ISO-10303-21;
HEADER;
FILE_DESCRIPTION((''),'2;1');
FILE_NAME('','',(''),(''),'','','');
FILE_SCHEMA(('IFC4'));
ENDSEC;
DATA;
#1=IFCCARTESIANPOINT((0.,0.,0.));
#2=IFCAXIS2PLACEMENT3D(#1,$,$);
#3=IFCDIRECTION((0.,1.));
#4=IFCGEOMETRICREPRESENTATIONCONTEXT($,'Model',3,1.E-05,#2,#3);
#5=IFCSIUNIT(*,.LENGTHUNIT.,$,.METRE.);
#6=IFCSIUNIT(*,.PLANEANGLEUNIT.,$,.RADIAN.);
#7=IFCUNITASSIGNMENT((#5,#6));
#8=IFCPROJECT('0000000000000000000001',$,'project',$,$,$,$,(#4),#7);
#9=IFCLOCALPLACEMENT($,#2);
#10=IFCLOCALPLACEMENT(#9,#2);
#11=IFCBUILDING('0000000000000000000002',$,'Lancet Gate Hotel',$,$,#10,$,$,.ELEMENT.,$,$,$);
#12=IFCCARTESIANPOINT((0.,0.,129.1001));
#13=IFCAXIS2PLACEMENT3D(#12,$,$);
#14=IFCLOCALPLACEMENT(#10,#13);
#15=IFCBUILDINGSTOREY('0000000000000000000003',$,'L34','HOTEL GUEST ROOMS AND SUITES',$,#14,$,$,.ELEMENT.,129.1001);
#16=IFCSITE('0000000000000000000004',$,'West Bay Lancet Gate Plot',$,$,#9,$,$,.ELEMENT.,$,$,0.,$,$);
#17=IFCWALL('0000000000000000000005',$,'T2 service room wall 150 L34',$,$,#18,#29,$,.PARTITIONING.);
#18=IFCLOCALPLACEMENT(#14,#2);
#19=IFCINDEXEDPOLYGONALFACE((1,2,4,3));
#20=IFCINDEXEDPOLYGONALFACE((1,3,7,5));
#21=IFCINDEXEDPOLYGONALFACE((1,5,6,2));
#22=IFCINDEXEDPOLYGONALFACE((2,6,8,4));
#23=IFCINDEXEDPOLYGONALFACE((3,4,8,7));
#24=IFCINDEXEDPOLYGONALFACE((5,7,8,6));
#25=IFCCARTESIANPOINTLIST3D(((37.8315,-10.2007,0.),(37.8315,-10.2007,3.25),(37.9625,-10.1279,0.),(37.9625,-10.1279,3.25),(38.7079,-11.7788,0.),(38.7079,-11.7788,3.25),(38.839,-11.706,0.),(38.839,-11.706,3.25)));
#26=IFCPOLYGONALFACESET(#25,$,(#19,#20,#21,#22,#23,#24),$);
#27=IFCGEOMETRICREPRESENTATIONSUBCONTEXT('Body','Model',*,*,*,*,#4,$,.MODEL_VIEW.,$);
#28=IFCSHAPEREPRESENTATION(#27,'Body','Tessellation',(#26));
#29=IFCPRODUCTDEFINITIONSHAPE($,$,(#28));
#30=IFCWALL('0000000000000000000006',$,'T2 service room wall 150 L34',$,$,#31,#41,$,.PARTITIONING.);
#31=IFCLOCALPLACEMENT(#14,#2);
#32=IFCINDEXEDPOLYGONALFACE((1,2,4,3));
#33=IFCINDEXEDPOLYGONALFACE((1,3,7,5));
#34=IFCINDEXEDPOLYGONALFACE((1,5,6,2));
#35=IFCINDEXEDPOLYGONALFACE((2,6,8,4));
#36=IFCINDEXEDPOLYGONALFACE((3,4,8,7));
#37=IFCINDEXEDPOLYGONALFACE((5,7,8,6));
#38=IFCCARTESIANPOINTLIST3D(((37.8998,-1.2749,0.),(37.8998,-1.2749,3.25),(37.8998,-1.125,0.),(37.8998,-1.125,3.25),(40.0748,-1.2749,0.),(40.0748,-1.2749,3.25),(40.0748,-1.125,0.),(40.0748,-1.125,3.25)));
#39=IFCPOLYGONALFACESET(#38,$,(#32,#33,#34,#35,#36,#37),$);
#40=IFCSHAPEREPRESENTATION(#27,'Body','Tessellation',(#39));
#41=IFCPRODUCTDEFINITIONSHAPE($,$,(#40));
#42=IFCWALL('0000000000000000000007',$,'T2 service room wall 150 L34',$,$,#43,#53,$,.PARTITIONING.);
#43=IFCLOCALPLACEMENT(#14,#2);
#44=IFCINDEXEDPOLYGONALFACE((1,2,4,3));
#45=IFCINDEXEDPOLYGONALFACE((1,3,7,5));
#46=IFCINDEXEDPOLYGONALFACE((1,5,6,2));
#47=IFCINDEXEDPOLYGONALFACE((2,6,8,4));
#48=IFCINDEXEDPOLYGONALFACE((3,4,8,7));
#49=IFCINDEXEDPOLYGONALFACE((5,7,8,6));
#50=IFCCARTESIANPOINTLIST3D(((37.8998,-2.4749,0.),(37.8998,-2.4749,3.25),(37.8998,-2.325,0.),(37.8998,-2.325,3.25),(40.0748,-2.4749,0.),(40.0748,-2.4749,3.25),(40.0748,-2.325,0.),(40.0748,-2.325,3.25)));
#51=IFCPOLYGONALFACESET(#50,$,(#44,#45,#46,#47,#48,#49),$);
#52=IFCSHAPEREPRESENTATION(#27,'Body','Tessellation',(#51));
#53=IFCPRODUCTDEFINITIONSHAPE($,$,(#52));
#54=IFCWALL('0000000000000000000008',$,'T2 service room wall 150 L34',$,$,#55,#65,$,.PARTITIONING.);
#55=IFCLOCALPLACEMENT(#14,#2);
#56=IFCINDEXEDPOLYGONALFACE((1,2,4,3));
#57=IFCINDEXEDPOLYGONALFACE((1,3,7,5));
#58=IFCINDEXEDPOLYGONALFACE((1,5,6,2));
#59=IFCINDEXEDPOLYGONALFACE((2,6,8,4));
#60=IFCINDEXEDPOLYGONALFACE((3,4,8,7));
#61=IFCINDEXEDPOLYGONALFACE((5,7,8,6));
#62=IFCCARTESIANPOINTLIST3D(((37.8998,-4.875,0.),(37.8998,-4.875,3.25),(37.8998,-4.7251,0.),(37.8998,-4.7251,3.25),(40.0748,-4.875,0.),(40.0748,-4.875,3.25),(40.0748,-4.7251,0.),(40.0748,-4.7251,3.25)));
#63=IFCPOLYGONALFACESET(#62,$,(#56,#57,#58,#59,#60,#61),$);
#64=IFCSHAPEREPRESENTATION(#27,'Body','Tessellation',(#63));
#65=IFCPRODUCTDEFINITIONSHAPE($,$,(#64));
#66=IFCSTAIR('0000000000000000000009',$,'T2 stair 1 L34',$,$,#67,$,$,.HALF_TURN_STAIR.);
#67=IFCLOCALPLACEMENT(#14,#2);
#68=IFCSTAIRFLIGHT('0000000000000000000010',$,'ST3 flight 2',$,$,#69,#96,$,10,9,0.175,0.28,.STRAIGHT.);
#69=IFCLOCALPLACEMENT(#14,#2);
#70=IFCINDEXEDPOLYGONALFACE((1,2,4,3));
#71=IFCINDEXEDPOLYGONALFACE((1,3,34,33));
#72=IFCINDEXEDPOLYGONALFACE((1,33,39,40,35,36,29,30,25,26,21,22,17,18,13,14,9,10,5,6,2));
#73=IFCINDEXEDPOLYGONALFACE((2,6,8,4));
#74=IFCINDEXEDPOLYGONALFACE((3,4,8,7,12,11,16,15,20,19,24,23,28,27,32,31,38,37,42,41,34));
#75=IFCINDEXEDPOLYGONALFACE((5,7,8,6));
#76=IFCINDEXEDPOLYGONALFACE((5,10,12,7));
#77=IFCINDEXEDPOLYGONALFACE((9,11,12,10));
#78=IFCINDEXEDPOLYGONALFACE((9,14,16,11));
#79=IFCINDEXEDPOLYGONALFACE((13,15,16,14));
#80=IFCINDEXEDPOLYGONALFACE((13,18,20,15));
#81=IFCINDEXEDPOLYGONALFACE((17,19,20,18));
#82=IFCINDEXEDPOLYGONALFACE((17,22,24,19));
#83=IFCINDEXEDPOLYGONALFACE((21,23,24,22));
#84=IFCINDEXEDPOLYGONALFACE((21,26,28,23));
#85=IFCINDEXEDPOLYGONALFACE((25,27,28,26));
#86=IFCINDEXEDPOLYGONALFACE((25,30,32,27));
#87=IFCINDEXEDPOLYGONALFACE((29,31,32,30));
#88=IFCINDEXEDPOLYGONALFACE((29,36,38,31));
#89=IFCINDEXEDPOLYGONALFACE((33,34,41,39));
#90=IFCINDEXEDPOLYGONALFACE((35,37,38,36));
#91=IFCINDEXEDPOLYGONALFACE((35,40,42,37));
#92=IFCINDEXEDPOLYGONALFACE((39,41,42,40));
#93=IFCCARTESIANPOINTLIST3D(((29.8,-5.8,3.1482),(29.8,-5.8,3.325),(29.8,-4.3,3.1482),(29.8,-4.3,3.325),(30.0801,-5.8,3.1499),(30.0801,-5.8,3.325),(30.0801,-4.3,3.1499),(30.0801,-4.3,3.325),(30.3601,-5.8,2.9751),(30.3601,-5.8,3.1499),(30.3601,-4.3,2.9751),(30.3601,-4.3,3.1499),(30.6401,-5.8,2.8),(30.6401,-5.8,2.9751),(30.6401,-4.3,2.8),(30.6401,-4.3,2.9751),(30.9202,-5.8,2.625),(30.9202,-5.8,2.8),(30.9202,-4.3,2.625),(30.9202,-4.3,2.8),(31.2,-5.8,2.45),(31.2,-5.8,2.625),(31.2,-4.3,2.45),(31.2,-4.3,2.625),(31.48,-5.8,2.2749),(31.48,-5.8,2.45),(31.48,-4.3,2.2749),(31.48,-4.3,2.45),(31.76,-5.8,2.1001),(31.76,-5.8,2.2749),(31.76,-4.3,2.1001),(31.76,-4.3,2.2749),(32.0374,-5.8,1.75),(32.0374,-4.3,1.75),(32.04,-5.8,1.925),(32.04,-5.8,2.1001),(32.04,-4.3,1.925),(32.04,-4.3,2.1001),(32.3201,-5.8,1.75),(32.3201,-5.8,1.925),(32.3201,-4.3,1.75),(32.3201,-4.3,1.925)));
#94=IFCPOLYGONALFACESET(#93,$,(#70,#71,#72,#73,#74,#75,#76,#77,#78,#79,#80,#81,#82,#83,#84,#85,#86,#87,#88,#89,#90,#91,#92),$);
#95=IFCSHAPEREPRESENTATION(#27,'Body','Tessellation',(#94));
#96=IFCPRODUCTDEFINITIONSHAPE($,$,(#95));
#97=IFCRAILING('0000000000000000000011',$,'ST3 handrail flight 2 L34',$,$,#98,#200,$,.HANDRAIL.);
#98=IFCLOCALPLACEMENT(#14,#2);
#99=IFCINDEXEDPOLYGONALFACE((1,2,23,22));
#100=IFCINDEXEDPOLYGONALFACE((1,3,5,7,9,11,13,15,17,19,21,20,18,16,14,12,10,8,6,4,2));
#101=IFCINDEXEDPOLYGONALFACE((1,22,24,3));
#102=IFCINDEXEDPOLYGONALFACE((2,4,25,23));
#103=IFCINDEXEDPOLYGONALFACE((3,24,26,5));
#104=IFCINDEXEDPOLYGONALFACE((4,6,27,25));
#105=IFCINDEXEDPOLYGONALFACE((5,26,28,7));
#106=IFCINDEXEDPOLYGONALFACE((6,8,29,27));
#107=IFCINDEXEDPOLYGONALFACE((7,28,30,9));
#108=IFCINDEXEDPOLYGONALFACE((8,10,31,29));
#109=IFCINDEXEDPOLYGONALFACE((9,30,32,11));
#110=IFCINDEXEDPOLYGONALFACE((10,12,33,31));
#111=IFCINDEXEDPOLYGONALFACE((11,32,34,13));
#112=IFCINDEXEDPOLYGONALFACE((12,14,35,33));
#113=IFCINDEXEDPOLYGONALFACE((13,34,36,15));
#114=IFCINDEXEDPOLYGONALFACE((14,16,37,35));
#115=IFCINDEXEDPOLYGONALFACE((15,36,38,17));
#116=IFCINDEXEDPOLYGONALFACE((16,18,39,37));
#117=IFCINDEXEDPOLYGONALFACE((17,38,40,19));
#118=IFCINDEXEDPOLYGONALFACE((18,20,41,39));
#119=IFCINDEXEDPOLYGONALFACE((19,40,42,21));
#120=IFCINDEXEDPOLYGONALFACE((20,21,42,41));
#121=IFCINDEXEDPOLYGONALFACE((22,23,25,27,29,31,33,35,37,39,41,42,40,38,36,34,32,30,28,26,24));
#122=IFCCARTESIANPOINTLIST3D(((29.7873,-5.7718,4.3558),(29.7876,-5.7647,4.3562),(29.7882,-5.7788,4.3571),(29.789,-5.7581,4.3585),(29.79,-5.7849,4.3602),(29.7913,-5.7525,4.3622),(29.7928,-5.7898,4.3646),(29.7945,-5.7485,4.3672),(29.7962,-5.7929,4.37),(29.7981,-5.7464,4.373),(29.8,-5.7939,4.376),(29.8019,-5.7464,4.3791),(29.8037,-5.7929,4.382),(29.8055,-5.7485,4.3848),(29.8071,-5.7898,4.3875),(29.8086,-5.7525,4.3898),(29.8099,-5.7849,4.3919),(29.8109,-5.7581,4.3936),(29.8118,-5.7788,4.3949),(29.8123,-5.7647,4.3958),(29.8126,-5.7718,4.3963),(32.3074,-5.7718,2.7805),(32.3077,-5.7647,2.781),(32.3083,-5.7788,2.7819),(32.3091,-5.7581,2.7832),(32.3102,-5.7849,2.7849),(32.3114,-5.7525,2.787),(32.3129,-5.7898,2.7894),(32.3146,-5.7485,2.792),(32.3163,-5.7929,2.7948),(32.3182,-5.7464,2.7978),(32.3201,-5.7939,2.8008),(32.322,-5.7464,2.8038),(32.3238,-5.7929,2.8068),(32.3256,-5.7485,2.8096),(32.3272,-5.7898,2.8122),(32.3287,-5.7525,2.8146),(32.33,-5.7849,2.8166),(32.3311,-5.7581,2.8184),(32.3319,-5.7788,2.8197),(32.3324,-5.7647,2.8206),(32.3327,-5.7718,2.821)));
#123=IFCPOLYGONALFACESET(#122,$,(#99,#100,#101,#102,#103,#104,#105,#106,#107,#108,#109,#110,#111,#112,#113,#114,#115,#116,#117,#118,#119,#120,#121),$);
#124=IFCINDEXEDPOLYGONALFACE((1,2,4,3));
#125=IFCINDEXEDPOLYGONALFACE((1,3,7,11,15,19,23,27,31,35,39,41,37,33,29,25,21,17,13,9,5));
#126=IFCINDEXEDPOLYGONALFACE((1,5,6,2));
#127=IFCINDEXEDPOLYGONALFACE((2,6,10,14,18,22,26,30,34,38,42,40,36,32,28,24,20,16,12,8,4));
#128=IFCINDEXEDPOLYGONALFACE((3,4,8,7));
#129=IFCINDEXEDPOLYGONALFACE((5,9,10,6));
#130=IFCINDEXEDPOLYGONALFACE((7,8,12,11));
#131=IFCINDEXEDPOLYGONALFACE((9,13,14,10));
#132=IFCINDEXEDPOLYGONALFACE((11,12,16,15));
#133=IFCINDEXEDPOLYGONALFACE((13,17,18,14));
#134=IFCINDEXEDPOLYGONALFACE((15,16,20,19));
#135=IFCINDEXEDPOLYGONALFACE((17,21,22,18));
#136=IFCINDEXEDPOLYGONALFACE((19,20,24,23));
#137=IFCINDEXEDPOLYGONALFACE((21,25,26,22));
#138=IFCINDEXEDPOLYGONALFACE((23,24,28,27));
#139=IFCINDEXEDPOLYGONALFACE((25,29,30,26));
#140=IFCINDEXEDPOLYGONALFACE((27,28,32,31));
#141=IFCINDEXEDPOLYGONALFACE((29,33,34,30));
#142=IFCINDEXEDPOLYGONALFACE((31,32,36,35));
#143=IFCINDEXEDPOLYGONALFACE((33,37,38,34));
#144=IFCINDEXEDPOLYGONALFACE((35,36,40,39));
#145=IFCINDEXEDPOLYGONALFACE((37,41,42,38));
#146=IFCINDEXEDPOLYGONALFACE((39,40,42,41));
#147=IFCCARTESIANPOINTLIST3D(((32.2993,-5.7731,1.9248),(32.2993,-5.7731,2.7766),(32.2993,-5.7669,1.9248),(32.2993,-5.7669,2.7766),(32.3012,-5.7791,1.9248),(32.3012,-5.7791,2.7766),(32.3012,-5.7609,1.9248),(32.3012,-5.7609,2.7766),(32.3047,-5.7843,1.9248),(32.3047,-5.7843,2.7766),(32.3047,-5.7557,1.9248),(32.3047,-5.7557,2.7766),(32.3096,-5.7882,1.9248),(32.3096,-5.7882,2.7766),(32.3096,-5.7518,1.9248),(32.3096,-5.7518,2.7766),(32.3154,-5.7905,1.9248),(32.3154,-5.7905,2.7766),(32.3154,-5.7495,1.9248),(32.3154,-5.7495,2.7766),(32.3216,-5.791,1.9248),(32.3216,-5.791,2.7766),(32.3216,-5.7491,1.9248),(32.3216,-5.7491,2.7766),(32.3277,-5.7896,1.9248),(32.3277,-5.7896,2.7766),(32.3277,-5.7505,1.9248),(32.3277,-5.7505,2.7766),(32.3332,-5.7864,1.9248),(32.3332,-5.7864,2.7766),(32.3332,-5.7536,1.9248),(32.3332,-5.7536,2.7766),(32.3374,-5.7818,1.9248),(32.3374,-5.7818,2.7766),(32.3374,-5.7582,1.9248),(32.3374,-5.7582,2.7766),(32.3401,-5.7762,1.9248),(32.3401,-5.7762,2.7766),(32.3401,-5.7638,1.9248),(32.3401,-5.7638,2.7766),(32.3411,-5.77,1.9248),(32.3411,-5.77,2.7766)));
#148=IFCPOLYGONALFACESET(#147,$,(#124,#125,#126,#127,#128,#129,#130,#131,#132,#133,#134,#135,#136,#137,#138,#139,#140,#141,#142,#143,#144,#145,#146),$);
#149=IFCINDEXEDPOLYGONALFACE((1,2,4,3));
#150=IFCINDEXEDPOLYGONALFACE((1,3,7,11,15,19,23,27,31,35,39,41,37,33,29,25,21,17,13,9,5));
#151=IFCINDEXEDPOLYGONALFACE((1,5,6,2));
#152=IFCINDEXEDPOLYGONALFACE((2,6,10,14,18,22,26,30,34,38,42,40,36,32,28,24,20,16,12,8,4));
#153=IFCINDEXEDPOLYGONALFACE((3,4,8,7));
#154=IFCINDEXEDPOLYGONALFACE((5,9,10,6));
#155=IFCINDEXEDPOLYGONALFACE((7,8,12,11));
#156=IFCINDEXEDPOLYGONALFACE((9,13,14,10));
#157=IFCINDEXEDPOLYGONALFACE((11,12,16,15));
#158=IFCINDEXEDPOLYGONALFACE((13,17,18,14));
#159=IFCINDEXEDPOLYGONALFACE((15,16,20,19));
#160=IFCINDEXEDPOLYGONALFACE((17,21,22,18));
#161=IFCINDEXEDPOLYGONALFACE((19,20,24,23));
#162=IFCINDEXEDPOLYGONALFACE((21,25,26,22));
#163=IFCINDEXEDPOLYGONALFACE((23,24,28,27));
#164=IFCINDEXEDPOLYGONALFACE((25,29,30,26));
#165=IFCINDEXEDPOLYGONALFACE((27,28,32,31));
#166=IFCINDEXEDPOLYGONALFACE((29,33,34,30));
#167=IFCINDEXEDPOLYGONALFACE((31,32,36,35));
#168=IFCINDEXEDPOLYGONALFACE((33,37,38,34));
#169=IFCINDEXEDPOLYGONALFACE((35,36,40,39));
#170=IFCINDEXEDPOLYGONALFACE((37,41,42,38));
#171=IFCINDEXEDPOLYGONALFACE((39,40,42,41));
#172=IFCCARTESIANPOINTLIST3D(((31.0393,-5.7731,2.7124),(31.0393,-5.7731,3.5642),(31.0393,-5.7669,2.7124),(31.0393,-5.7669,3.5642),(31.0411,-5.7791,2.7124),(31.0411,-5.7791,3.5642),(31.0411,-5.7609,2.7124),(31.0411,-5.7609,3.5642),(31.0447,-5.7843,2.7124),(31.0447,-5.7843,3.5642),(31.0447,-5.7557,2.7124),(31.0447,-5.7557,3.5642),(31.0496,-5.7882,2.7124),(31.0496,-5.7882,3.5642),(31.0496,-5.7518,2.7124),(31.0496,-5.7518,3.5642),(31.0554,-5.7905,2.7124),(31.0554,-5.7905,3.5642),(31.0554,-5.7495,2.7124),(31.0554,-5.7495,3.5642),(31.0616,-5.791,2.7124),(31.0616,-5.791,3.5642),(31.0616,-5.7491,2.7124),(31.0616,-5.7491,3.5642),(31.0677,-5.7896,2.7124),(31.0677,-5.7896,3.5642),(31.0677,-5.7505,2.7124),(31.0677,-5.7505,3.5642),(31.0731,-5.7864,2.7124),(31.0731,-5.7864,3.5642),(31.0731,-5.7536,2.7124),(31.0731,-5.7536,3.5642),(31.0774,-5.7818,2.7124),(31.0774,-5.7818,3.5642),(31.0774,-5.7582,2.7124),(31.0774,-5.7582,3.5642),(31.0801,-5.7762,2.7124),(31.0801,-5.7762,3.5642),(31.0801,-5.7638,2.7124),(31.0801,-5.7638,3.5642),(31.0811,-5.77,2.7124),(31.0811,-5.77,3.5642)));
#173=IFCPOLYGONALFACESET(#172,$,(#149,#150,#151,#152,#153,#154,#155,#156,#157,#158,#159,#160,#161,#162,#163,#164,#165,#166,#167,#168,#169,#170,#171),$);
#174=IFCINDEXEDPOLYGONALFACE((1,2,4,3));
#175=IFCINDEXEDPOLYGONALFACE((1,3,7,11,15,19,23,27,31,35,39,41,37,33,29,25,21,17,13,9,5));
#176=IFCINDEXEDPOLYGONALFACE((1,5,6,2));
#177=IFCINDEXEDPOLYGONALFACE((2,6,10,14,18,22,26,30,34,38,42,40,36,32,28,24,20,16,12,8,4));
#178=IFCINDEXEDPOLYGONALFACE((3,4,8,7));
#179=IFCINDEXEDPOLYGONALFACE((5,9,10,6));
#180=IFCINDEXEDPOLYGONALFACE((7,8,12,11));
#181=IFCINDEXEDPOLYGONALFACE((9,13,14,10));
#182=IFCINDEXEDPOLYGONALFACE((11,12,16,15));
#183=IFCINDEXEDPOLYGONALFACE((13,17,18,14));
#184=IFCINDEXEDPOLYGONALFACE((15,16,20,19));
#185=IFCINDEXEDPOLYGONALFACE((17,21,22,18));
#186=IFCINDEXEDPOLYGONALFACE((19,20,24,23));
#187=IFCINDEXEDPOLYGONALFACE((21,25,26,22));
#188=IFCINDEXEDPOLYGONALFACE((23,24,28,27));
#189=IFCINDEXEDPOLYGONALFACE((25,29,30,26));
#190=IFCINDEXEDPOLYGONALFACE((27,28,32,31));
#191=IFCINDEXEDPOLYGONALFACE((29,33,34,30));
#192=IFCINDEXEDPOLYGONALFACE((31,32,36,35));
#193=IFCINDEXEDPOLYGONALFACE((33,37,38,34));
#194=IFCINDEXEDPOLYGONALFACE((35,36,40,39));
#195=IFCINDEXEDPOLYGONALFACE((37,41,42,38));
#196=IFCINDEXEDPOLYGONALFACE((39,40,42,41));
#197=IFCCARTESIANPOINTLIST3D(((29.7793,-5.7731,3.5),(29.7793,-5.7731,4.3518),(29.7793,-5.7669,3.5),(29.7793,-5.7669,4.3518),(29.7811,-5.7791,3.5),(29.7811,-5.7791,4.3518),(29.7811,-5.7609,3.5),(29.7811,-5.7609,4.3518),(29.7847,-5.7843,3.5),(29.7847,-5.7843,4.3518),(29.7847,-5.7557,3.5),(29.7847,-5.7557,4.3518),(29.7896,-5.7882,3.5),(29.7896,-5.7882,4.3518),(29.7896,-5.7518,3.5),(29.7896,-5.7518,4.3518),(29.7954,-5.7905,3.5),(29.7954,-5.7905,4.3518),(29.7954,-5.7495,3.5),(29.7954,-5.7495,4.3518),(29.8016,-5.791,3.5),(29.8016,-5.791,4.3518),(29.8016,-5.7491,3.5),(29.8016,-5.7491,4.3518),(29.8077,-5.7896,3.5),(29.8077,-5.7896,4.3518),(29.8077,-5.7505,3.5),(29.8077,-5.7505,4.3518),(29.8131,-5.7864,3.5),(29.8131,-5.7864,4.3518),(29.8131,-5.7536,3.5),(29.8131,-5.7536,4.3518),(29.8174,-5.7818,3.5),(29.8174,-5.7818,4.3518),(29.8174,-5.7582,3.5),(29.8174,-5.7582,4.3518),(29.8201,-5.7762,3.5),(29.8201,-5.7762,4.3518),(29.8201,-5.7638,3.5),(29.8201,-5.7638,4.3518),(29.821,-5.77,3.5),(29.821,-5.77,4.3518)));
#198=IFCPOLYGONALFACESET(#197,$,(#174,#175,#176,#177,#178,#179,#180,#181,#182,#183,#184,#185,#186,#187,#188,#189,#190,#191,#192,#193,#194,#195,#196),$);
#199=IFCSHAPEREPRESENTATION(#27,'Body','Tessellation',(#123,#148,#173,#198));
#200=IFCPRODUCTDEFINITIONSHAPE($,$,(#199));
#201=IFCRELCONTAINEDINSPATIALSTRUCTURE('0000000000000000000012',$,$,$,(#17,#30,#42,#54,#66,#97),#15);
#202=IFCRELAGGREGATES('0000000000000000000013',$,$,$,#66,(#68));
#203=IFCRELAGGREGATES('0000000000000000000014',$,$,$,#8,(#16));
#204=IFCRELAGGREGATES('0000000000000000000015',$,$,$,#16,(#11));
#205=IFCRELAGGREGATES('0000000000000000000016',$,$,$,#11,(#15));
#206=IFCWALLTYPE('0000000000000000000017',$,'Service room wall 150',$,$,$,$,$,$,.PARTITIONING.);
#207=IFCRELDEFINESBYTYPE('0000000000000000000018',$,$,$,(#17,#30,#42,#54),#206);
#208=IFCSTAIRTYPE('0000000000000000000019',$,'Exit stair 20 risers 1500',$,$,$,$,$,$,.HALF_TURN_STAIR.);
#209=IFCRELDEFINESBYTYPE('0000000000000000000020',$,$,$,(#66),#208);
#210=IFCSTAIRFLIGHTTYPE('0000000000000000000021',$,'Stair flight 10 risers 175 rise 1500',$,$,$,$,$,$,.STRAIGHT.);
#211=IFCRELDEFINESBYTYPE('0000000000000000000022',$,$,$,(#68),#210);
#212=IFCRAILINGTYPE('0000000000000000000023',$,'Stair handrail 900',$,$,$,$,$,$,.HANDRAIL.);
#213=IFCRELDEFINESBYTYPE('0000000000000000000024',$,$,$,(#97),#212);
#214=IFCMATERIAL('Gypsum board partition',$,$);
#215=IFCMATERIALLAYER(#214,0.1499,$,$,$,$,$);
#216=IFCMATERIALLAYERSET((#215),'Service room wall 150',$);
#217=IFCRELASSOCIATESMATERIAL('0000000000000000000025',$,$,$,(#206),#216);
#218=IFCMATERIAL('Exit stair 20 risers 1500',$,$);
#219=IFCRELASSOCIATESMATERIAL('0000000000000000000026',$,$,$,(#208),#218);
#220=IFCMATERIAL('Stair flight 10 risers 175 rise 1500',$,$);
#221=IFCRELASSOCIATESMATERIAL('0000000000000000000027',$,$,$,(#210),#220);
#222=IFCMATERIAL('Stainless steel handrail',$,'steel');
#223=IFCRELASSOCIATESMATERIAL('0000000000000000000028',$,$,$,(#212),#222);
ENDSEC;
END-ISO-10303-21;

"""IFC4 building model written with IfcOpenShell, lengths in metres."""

from ifc_helpers import new_model, si_unit, direction, frame, frame_2d, origin, origin_2d, place, context, subcontext, project, spatial, polyline, rectangle, circle, outline, extrude, material, layer, layer_set, type_object, element, aggregate, save


model = new_model("IFC4")

# Units and contexts
model_context = context("Model", 3, precision=1e-05, world=origin(), true_north=direction((0.0, 1.0)))
body_context = subcontext(model_context, "Body", "Model", "MODEL_VIEW")
ifc_project = project(units=[si_unit("LENGTHUNIT", "METRE"), si_unit("PLANEANGLEUNIT", "RADIAN")], contexts=[model_context])

# Site, building, storey
site_placement = place(None, origin())
site = spatial("IfcSite", under=ifc_project, at=site_placement, Name="West Bay Lancet Gate Plot", CompositionType="ELEMENT", RefElevation=0.0)
building_placement = place(site_placement, origin())
building = spatial("IfcBuilding", under=site, at=building_placement, Name="Lancet Gate Hotel", CompositionType="ELEMENT")
storey_placement = place(building_placement, frame((0.0, 0.0, 129.1001)))
storey = spatial("IfcBuildingStorey", under=building, at=storey_placement, Name="L34", Description="HOTEL GUEST ROOMS AND SUITES", CompositionType="ELEMENT", Elevation=129.1001)

# Walls
ifc_material_1 = material(Name="Gypsum board partition")
ifc_layer_1 = layer(ifc_material_1, 0.1499)
ifc_layer_set_1 = layer_set([ifc_layer_1], Name="Service room wall 150")
wall_type_1 = type_object("IfcWallType", Name="Service room wall 150", PredefinedType="PARTITIONING", material=ifc_layer_set_1)
wall_1_placement = place(storey_placement, frame((38.7734, -11.7424, 0.0), z_axis=(0.0, 0.0, 1.0), x_axis=(-0.485528, 0.874221, 0.0)))
element("IfcWall", 1, at=wall_1_placement, inside=storey, type_object=wall_type_1, Name="T2 service room wall 150 L34", PredefinedType="PARTITIONING", context=body_context, shape_type="SweptSolid", body=[
    extrude(rectangle(XDim=1.8052, YDim=0.1499, at=frame_2d((0.9026, 0.0))), origin(), (0.0, 0.0, 1.0), 3.25),
])
for number, where, z_axis, x_axis, name in (
    (2, (37.8999, -1.2, 0.0), (0.0, 0.0, 1.0), (1.0, 0.0, 0.0), "T2 service room wall 150 L34"),
    (3, (37.8999, -2.3999, 0.0), (0.0, 0.0, 1.0), (1.0, 0.0, 0.0), "T2 service room wall 150 L34"),
    (4, (37.8999, -4.8, 0.0), (0.0, 0.0, 1.0), (1.0, 0.0, 0.0), "T2 service room wall 150 L34"),
):
    element("IfcWall", number, at=place(storey_placement, frame(where, z_axis=z_axis, x_axis=x_axis)), inside=storey, type_object=wall_type_1, Name=name, PredefinedType="PARTITIONING", context=body_context, shape_type="SweptSolid", body=[
        extrude(rectangle(XDim=2.175, YDim=0.1499, at=frame_2d((1.0874, 0.0))), origin(), (0.0, 0.0, 1.0), 3.25),
    ])

# Stair, stair flight
ifc_material_2 = material(Name="Exit stair 20 risers 1500")
stair_type = type_object("IfcStairType", Name="Exit stair 20 risers 1500", PredefinedType="HALF_TURN_STAIR", material=ifc_material_2)
stair_placement = place(storey_placement, origin())
stair = element("IfcStair", 5, at=stair_placement, inside=storey, type_object=stair_type, Name="T2 stair 1 L34", PredefinedType="HALF_TURN_STAIR")
ifc_material_3 = material(Name="Stair flight 10 risers 175 rise 1500")
stair_flight_type = type_object("IfcStairFlightType", Name="Stair flight 10 risers 175 rise 1500", PredefinedType="STRAIGHT", material=ifc_material_3)
stair_flight_placement = place(storey_placement, frame((32.3201, -5.05, 1.75), z_axis=(0.0, 0.0, 1.0), x_axis=(-1.0, 0.0, 0.0)))
stair_flight = element("IfcStairFlight", 6, at=stair_flight_placement, type_object=stair_flight_type, Name="ST3 flight 2", NumberOfRisers=10, NumberOfTreads=9, PredefinedType="STRAIGHT", RiserHeight=0.175, TreadLength=0.28, context=body_context, shape_type="SweptSolid", body=[
    extrude(outline(polyline([(0.0, 0.0), (0.0, 0.175), (0.28, 0.175), (0.28, 0.3501), (0.5601, 0.3501), (0.5601, 0.5249), (0.8401, 0.5249), (0.8401, 0.7), (1.1201, 0.7), (1.1201, 0.875), (1.3999, 0.875), (1.3999, 1.05), (1.6799, 1.05), (1.6799, 1.2251), (1.96, 1.2251), (1.96, 1.3999), (2.24, 1.3999), (2.24, 1.575), (2.52, 1.575), (2.52, 1.75), (2.52, 1.3982), (0.2827, 0.0), (0.0, 0.0)])), frame((0.0, 0.75, 0.0), z_axis=(0.0, -1.0, 0.0), x_axis=(1.0, 0.0, 0.0)), (0.0, 0.0, 1.0), 1.5),
])
aggregate(stair, [stair_flight])

# Railing
ifc_material_4 = material(Name="Stainless steel handrail", Category="steel")
railing_type = type_object("IfcRailingType", Name="Stair handrail 900", PredefinedType="HANDRAIL", material=ifc_material_4)
railing_placement = place(storey_placement, frame((32.3201, -5.77, 1.9248)))
element("IfcRailing", 7, at=railing_placement, inside=storey, type_object=railing_type, Name="ST3 handrail flight 2 L34", PredefinedType="HANDRAIL", context=body_context, shape_type="SweptSolid", body=[
    extrude(circle(Radius=0.0239, at=origin_2d()), frame((0.0, 0.0, 0.876), z_axis=(-0.847971, 0.0, 0.530043), x_axis=(0.0, -1.0, 0.0)), (0.0, 0.0, 1.0), 2.9719),
    extrude(circle(Radius=0.021, at=origin_2d()), origin(), (0.0, 0.0, 1.0), 0.8518),
    extrude(circle(Radius=0.021, at=origin_2d()), frame((-1.26, 0.0, 0.7876)), (0.0, 0.0, 1.0), 0.8518),
    extrude(circle(Radius=0.021, at=origin_2d()), frame((-2.52, 0.0, 1.5752)), (0.0, 0.0, 1.0), 0.8518),
])

save(model, "model.ifc")
